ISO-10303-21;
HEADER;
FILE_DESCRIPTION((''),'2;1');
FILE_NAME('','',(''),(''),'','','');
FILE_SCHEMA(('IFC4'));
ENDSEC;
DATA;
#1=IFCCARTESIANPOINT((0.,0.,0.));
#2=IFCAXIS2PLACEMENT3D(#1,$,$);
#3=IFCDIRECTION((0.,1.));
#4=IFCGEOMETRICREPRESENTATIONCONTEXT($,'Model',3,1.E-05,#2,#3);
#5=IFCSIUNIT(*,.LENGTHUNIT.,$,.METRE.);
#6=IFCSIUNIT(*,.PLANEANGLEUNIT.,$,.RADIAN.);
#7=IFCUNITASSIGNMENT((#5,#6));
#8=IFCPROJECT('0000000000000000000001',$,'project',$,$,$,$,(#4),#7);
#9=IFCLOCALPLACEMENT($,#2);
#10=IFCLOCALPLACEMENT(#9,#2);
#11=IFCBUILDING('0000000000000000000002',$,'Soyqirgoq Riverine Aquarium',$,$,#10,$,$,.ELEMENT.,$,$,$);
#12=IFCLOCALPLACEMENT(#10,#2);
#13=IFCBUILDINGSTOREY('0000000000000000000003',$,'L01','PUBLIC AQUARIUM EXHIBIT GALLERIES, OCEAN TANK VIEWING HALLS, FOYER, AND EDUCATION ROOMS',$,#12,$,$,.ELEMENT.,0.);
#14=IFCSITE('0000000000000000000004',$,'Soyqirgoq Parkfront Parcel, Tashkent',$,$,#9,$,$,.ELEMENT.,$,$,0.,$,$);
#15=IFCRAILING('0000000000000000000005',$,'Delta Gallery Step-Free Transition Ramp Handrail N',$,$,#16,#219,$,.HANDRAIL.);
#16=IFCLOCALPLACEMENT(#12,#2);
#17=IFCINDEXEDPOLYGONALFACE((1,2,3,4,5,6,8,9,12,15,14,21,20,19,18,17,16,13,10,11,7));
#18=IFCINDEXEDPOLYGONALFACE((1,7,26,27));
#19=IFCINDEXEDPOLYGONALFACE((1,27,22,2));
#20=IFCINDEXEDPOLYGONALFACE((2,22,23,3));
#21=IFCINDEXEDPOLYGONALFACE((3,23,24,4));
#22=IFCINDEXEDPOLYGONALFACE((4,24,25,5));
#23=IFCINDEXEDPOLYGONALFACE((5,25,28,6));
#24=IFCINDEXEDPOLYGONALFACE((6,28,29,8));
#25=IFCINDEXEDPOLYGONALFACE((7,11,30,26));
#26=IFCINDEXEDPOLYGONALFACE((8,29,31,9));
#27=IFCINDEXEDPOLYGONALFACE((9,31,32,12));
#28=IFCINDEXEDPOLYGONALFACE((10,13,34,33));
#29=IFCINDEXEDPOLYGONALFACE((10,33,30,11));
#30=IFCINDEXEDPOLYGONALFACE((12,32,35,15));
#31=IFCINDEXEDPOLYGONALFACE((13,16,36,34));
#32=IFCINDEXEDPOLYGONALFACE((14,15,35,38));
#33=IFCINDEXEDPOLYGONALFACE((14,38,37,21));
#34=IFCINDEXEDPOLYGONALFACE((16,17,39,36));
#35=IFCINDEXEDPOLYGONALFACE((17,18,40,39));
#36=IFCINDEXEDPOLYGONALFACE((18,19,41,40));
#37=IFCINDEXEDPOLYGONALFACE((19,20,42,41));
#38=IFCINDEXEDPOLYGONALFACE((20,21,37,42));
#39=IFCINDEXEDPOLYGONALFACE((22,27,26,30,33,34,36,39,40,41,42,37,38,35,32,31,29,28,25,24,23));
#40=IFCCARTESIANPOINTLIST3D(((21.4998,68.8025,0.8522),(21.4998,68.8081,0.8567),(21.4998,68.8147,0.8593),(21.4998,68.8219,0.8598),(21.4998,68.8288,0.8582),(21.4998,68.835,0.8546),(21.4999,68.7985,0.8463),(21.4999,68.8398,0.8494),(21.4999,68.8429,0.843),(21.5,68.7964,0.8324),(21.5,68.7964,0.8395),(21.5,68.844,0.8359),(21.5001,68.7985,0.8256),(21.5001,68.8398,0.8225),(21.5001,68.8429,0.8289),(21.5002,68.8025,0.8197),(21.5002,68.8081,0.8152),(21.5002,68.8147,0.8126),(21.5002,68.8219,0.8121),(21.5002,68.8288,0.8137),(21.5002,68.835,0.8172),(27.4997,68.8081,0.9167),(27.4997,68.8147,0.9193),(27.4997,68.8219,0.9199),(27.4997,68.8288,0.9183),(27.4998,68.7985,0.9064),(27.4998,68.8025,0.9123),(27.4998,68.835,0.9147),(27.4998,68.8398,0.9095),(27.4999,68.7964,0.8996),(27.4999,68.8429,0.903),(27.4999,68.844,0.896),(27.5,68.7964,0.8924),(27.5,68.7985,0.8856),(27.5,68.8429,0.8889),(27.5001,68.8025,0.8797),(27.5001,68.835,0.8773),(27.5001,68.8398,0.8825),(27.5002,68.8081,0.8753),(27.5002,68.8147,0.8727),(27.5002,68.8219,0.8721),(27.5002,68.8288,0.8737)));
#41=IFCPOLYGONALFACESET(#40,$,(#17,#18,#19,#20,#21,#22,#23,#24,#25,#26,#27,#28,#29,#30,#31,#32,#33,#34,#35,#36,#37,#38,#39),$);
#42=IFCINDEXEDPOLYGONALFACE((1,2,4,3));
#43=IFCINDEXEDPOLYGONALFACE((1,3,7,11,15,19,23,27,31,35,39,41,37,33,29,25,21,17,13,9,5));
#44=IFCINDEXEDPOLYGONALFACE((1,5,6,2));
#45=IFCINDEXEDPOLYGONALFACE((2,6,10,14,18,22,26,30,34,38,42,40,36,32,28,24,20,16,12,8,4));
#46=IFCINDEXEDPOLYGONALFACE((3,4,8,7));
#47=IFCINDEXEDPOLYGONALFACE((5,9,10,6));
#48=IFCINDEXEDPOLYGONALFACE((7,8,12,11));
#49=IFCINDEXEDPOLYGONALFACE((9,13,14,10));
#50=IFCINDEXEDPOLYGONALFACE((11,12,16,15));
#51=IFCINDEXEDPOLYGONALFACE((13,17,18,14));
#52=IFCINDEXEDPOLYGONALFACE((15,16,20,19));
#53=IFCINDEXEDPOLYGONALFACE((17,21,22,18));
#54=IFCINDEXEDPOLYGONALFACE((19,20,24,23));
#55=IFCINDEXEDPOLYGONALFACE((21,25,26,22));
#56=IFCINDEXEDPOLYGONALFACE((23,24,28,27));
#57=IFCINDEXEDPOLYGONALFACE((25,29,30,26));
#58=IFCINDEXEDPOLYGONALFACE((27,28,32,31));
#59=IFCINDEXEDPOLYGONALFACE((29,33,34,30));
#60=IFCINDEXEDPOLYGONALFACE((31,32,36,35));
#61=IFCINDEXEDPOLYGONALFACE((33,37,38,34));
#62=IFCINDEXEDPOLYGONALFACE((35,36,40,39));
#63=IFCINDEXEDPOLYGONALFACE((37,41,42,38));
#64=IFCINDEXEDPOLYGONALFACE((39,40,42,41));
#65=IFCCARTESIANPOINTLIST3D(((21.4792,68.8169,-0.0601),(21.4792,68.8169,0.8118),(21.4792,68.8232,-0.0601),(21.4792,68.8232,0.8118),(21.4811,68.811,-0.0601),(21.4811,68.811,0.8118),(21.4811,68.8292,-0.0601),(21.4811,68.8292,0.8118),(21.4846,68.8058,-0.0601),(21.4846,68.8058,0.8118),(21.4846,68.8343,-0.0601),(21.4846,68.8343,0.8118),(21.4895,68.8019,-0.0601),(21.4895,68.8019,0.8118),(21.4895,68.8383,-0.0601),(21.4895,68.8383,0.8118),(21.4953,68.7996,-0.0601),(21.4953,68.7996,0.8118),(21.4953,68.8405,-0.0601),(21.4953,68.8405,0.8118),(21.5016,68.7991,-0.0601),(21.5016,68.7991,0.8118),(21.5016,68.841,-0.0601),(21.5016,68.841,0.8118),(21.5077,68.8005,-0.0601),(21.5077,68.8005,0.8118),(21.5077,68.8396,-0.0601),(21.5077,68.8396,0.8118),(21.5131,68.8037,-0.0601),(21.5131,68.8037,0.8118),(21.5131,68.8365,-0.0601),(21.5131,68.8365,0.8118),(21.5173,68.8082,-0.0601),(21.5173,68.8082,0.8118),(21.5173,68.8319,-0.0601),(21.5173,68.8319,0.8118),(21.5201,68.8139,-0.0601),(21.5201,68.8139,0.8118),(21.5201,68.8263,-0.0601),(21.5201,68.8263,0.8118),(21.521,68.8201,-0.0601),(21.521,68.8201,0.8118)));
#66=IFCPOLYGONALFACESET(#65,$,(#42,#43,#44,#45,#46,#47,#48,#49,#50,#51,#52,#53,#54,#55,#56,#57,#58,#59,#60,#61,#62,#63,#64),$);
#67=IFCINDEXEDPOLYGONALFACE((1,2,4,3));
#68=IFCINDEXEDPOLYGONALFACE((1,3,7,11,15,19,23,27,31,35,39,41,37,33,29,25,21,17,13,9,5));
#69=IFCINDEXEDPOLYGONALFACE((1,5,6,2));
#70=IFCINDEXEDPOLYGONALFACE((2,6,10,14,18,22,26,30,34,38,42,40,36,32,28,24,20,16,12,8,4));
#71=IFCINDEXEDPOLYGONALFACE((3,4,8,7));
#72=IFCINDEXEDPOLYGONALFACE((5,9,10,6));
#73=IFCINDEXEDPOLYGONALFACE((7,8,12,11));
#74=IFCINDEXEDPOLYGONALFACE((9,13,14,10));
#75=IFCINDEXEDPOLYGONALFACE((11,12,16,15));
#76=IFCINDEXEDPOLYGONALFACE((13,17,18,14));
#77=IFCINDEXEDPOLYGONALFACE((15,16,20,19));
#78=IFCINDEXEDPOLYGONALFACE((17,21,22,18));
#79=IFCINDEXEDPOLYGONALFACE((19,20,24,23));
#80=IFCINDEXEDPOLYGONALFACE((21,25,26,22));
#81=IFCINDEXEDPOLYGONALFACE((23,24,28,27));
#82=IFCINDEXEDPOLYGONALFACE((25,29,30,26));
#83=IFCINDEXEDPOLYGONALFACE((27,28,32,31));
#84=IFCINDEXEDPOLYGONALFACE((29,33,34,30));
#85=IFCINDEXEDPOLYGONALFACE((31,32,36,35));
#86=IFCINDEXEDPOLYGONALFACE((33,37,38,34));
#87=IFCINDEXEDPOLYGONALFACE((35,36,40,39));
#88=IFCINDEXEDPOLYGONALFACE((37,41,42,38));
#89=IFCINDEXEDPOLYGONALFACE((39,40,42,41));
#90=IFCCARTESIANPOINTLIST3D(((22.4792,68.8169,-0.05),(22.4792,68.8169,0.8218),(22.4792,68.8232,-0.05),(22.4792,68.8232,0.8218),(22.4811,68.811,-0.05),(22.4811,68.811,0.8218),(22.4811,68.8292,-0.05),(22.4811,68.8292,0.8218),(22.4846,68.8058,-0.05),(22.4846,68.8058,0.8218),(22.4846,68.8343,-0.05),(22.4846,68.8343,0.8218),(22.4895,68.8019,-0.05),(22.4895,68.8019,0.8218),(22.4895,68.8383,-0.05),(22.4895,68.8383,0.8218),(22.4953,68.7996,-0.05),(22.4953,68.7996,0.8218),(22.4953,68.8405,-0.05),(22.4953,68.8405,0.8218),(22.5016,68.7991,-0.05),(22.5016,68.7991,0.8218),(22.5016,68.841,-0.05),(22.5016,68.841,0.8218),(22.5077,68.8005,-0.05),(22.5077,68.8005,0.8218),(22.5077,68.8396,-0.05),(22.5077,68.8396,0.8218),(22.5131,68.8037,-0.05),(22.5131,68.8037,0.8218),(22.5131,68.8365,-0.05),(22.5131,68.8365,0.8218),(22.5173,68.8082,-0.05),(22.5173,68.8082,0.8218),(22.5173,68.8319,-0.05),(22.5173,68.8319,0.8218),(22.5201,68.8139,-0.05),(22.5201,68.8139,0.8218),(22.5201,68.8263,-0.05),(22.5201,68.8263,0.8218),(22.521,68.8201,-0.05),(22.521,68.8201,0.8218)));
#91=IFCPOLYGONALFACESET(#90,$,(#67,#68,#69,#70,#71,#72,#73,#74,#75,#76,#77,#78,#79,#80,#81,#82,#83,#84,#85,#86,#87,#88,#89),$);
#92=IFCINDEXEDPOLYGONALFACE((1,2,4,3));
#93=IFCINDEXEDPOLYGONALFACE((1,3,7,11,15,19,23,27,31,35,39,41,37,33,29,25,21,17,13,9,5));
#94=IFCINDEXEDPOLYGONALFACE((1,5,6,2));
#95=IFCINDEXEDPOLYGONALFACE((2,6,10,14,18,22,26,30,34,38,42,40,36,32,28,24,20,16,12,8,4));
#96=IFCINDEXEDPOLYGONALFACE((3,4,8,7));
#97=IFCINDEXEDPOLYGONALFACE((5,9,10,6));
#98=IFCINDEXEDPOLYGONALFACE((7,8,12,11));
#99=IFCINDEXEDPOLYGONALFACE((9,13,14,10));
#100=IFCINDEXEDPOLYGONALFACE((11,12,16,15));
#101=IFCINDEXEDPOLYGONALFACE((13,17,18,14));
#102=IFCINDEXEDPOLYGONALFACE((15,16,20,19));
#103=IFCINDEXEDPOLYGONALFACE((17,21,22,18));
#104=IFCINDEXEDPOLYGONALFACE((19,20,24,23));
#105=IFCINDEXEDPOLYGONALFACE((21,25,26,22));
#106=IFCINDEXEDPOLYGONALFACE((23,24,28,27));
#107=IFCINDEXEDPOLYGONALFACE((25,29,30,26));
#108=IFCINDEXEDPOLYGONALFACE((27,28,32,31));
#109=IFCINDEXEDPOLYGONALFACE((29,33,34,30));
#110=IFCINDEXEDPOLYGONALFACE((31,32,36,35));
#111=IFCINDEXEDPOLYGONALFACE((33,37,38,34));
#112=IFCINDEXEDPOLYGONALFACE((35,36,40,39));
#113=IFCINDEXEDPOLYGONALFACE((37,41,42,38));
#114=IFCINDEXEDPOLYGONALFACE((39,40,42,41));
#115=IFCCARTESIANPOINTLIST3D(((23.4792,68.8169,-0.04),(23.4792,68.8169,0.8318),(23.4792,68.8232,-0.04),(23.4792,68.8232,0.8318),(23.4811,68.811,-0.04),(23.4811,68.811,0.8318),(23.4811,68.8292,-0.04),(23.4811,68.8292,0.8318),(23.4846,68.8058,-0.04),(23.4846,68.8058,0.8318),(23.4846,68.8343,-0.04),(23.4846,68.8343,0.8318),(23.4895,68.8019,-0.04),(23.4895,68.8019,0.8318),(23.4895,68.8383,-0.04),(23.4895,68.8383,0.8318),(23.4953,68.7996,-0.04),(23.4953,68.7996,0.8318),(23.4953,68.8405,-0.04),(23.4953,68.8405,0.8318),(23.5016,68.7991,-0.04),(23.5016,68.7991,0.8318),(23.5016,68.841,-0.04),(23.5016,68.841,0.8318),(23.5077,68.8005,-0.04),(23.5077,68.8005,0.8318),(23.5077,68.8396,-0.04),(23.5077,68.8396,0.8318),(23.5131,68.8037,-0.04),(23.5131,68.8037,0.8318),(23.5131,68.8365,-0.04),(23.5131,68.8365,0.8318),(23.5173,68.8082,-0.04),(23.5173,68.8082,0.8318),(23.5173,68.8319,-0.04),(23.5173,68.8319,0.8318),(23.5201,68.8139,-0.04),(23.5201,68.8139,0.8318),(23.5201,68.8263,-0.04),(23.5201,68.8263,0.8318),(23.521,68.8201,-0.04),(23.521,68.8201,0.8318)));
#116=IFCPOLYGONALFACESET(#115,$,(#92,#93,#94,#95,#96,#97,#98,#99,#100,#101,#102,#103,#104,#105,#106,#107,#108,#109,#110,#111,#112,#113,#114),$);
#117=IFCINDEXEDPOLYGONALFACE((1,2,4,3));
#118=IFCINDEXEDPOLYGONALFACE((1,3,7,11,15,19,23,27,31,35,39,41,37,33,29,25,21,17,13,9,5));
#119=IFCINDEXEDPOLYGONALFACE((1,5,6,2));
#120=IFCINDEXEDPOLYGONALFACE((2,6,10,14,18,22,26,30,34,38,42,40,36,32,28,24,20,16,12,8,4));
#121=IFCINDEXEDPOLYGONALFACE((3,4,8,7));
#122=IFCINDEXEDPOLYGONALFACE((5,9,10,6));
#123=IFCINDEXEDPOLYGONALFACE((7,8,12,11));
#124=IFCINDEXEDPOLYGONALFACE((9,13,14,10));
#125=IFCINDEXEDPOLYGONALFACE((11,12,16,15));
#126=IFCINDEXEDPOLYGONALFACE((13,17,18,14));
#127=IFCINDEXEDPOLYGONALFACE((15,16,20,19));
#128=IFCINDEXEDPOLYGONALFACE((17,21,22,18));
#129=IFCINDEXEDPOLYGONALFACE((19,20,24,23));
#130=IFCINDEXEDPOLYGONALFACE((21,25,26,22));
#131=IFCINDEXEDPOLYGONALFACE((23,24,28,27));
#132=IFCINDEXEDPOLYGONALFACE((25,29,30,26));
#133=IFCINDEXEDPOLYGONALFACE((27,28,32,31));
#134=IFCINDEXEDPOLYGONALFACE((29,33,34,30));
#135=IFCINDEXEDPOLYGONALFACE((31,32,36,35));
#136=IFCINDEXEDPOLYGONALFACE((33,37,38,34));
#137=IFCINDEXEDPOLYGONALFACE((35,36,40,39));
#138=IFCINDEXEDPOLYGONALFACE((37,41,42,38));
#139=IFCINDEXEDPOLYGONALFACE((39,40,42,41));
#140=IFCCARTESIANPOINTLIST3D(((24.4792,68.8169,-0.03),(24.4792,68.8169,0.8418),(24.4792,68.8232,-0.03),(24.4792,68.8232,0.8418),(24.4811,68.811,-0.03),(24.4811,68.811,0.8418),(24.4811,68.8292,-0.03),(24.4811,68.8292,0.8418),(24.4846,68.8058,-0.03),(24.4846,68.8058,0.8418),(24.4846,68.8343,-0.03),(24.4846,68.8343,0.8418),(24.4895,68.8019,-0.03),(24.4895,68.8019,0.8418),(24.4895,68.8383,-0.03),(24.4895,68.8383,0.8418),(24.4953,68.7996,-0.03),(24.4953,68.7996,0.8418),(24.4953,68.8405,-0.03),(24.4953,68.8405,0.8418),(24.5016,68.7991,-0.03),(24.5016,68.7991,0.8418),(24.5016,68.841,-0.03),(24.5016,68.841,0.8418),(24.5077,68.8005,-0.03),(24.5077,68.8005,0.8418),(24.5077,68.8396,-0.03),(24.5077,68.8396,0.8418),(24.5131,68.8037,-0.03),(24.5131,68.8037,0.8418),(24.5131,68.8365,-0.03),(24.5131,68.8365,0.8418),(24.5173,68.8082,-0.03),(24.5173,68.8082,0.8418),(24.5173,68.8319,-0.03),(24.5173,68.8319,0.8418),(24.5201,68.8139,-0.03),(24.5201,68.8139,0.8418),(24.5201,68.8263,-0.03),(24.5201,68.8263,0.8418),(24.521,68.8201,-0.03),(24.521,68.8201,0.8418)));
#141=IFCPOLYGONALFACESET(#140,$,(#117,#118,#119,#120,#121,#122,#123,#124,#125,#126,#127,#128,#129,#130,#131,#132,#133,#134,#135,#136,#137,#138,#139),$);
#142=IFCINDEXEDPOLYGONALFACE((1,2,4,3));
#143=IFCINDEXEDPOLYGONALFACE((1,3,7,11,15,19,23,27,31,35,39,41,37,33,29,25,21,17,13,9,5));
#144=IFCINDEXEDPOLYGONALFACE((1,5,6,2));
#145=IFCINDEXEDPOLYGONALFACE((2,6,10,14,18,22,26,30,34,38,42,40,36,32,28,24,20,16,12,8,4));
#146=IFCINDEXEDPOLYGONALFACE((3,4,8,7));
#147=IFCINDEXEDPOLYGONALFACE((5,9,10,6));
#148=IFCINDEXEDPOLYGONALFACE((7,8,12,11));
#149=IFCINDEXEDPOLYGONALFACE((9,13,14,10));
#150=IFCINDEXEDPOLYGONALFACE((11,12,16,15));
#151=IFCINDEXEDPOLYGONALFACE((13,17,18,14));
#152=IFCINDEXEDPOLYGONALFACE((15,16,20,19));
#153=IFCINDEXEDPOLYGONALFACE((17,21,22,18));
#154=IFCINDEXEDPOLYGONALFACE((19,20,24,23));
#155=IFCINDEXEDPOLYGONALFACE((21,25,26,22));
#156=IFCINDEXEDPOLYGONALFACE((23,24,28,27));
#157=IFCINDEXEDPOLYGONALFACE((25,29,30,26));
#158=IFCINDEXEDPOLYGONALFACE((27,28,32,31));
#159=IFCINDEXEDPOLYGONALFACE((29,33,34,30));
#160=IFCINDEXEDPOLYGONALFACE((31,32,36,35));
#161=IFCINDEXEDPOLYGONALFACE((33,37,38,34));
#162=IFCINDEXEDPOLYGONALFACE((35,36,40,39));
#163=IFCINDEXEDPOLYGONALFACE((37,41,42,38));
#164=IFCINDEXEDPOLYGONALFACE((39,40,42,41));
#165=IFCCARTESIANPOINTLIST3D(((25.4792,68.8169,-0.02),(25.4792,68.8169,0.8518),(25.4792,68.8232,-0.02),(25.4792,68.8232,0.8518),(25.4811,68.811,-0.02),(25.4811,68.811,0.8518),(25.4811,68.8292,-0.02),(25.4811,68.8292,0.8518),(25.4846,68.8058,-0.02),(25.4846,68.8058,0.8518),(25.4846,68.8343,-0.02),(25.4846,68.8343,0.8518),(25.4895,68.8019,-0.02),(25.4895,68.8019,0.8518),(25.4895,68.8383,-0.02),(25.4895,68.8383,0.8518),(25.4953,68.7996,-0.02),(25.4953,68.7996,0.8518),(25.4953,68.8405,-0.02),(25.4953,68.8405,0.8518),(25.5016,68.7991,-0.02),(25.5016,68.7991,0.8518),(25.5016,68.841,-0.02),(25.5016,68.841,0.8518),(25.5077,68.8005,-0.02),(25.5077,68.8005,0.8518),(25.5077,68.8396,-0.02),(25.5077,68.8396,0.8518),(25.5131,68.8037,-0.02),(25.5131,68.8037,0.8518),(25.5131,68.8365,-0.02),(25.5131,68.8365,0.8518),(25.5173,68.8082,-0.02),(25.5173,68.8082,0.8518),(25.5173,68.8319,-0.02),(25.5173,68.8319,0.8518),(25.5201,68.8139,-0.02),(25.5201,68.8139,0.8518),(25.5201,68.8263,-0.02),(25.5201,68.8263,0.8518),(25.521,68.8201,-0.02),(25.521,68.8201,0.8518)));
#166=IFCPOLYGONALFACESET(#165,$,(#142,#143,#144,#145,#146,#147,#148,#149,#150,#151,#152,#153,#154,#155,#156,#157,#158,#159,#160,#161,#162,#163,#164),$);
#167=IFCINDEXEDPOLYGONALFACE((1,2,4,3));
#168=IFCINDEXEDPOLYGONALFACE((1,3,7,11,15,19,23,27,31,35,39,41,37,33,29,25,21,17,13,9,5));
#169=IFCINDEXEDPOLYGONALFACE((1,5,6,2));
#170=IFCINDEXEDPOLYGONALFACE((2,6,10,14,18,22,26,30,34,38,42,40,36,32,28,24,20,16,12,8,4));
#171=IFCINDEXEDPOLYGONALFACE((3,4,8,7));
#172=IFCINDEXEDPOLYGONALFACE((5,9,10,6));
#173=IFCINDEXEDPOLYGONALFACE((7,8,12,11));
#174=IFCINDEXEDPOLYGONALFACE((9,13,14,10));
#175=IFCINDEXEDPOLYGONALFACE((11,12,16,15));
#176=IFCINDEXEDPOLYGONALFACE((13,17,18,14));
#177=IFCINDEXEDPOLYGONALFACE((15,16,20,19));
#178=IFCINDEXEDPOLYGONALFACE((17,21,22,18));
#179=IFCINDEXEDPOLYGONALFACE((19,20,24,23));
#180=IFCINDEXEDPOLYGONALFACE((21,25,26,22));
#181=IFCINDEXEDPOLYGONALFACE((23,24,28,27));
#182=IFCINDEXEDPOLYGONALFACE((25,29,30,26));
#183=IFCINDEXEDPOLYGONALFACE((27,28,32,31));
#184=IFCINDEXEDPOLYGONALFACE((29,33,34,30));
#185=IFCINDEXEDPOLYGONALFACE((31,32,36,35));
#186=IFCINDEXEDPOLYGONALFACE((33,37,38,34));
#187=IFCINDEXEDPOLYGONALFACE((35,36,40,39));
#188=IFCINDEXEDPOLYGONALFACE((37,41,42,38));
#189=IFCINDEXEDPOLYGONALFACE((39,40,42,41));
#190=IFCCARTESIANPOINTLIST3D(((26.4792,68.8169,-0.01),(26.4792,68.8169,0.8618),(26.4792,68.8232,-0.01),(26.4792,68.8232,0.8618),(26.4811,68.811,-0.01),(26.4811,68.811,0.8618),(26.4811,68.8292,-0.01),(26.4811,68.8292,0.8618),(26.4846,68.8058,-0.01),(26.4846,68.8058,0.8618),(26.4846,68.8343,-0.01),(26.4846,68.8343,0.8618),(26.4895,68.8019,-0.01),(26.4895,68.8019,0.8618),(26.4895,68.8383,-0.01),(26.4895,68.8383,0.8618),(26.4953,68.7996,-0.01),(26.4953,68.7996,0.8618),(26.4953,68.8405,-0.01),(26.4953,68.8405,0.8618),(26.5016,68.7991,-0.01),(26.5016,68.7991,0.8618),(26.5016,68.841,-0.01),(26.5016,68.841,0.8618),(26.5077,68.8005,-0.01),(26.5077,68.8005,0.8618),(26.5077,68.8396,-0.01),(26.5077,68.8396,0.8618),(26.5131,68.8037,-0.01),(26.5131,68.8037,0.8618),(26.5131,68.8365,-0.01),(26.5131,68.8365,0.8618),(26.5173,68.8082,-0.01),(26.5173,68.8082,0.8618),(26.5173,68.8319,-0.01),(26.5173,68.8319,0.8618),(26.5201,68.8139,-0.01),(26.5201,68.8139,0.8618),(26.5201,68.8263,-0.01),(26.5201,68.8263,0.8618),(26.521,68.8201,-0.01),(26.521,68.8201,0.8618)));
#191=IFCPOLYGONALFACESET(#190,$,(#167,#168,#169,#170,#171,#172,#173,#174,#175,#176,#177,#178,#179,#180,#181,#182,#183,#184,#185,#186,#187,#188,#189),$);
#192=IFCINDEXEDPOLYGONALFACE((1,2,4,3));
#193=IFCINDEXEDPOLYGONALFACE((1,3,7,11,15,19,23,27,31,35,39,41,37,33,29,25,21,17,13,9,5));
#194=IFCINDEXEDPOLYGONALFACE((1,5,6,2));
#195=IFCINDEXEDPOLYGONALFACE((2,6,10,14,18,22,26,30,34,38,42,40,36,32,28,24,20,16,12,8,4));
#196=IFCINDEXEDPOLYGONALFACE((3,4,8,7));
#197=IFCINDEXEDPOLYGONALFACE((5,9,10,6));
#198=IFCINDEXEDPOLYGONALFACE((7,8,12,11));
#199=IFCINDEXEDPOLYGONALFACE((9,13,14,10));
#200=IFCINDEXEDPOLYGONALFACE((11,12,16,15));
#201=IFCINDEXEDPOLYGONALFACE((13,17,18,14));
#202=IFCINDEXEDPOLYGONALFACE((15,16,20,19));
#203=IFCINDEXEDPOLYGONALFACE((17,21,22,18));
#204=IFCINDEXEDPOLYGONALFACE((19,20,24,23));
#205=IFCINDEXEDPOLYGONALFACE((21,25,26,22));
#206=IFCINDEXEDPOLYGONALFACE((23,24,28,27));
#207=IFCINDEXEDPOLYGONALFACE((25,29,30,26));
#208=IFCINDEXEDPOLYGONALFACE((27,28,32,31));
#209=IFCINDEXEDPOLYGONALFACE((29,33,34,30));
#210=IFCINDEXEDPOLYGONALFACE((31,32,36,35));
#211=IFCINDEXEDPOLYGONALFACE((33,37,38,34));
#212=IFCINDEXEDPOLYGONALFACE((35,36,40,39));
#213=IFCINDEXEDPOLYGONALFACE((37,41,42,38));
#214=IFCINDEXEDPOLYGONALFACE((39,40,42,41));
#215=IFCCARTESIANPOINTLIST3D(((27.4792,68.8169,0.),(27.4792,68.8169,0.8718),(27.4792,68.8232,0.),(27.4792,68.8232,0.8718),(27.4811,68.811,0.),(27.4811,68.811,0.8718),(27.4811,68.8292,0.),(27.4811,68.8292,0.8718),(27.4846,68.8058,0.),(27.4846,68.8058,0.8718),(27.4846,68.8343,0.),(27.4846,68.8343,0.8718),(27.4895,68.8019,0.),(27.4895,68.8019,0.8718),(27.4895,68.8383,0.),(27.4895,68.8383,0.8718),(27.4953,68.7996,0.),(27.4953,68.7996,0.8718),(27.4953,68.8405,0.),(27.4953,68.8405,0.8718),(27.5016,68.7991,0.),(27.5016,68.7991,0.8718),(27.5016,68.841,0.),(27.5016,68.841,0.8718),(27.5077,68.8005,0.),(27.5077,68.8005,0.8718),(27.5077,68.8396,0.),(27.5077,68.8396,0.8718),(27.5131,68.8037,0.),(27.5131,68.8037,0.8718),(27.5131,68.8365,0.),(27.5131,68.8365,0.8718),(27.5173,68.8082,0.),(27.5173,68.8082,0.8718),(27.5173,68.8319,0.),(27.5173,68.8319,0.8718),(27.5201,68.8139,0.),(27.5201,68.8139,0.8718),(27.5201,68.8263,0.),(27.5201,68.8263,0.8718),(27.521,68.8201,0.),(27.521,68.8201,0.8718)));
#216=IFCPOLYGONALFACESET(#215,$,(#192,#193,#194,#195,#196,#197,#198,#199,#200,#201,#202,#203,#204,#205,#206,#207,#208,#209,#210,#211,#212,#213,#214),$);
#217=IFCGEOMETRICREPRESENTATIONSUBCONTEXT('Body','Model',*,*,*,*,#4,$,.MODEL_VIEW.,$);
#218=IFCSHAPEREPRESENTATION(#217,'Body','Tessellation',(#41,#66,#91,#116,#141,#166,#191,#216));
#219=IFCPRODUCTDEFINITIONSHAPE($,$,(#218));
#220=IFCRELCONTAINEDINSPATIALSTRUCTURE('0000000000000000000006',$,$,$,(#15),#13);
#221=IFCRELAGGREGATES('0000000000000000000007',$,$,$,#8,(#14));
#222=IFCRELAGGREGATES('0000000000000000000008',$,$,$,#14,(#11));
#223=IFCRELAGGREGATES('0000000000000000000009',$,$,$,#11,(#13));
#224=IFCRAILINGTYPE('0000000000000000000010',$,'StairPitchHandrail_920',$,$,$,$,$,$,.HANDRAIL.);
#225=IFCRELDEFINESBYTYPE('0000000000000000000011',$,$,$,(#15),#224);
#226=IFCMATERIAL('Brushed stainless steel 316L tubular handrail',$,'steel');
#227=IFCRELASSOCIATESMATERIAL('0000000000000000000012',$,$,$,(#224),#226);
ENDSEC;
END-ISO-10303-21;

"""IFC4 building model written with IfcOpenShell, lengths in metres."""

from ifc_helpers import new_model, si_unit, direction, frame, origin, origin_2d, place, context, subcontext, project, spatial, circle, extrude, material, type_object, element, save


model = new_model("IFC4")

# Units and contexts
model_context = context("Model", 3, precision=1e-05, world=origin(), true_north=direction((0.0, 1.0)))
body_context = subcontext(model_context, "Body", "Model", "MODEL_VIEW")
ifc_project = project(units=[si_unit("LENGTHUNIT", "METRE"), si_unit("PLANEANGLEUNIT", "RADIAN")], contexts=[model_context])

# Site, building, storey
site_placement = place(None, origin())
site = spatial("IfcSite", under=ifc_project, at=site_placement, Name="Soyqirgoq Parkfront Parcel, Tashkent", CompositionType="ELEMENT", RefElevation=0.0)
building_placement = place(site_placement, origin())
building = spatial("IfcBuilding", under=site, at=building_placement, Name="Soyqirgoq Riverine Aquarium", CompositionType="ELEMENT")
storey_placement = place(building_placement, origin())
storey = spatial("IfcBuildingStorey", under=building, at=storey_placement, Name="L01", Description="PUBLIC AQUARIUM EXHIBIT GALLERIES, OCEAN TANK VIEWING HALLS, FOYER, AND EDUCATION ROOMS", CompositionType="ELEMENT", Elevation=0.0)

# Railing
ifc_material_1 = material(Name="Brushed stainless steel 316L tubular handrail", Category="steel")
railing_type = type_object("IfcRailingType", Name="StairPitchHandrail_920", PredefinedType="HANDRAIL", material=ifc_material_1)
for number, where, name in (
    (1, (21.5, 68.8201, -0.0601), "Delta Gallery Step-Free Transition Ramp Handrail N"),
):
    element("IfcRailing", number, at=place(storey_placement, frame(where)), inside=storey, type_object=railing_type, Name=name, PredefinedType="HANDRAIL", context=body_context, shape_type="SweptSolid", body=[
        extrude(circle(Radius=0.0239, at=origin_2d()), frame((0.0, 0.0, 0.896), z_axis=(0.99995, 0.0, 0.010009), x_axis=(0.0, 1.0, 0.0)), (0.0, 0.0, 1.0), 6.0002),
        extrude(circle(Radius=0.021, at=origin_2d()), origin(), (0.0, 0.0, 1.0), 0.8718),
        extrude(circle(Radius=0.021, at=origin_2d()), frame((1.0, 0.0, 0.01)), (0.0, 0.0, 1.0), 0.8718),
        extrude(circle(Radius=0.021, at=origin_2d()), frame((2.0, 0.0, 0.02)), (0.0, 0.0, 1.0), 0.8718),
        extrude(circle(Radius=0.021, at=origin_2d()), frame((3.0, 0.0, 0.03)), (0.0, 0.0, 1.0), 0.8718),
        extrude(circle(Radius=0.021, at=origin_2d()), frame((4.0, 0.0, 0.04)), (0.0, 0.0, 1.0), 0.8718),
        extrude(circle(Radius=0.021, at=origin_2d()), frame((5.0, 0.0, 0.05)), (0.0, 0.0, 1.0), 0.8718),
        extrude(circle(Radius=0.021, at=origin_2d()), frame((6.0, 0.0, 0.0601)), (0.0, 0.0, 1.0), 0.8718),
    ])

save(model, "model.ifc")
